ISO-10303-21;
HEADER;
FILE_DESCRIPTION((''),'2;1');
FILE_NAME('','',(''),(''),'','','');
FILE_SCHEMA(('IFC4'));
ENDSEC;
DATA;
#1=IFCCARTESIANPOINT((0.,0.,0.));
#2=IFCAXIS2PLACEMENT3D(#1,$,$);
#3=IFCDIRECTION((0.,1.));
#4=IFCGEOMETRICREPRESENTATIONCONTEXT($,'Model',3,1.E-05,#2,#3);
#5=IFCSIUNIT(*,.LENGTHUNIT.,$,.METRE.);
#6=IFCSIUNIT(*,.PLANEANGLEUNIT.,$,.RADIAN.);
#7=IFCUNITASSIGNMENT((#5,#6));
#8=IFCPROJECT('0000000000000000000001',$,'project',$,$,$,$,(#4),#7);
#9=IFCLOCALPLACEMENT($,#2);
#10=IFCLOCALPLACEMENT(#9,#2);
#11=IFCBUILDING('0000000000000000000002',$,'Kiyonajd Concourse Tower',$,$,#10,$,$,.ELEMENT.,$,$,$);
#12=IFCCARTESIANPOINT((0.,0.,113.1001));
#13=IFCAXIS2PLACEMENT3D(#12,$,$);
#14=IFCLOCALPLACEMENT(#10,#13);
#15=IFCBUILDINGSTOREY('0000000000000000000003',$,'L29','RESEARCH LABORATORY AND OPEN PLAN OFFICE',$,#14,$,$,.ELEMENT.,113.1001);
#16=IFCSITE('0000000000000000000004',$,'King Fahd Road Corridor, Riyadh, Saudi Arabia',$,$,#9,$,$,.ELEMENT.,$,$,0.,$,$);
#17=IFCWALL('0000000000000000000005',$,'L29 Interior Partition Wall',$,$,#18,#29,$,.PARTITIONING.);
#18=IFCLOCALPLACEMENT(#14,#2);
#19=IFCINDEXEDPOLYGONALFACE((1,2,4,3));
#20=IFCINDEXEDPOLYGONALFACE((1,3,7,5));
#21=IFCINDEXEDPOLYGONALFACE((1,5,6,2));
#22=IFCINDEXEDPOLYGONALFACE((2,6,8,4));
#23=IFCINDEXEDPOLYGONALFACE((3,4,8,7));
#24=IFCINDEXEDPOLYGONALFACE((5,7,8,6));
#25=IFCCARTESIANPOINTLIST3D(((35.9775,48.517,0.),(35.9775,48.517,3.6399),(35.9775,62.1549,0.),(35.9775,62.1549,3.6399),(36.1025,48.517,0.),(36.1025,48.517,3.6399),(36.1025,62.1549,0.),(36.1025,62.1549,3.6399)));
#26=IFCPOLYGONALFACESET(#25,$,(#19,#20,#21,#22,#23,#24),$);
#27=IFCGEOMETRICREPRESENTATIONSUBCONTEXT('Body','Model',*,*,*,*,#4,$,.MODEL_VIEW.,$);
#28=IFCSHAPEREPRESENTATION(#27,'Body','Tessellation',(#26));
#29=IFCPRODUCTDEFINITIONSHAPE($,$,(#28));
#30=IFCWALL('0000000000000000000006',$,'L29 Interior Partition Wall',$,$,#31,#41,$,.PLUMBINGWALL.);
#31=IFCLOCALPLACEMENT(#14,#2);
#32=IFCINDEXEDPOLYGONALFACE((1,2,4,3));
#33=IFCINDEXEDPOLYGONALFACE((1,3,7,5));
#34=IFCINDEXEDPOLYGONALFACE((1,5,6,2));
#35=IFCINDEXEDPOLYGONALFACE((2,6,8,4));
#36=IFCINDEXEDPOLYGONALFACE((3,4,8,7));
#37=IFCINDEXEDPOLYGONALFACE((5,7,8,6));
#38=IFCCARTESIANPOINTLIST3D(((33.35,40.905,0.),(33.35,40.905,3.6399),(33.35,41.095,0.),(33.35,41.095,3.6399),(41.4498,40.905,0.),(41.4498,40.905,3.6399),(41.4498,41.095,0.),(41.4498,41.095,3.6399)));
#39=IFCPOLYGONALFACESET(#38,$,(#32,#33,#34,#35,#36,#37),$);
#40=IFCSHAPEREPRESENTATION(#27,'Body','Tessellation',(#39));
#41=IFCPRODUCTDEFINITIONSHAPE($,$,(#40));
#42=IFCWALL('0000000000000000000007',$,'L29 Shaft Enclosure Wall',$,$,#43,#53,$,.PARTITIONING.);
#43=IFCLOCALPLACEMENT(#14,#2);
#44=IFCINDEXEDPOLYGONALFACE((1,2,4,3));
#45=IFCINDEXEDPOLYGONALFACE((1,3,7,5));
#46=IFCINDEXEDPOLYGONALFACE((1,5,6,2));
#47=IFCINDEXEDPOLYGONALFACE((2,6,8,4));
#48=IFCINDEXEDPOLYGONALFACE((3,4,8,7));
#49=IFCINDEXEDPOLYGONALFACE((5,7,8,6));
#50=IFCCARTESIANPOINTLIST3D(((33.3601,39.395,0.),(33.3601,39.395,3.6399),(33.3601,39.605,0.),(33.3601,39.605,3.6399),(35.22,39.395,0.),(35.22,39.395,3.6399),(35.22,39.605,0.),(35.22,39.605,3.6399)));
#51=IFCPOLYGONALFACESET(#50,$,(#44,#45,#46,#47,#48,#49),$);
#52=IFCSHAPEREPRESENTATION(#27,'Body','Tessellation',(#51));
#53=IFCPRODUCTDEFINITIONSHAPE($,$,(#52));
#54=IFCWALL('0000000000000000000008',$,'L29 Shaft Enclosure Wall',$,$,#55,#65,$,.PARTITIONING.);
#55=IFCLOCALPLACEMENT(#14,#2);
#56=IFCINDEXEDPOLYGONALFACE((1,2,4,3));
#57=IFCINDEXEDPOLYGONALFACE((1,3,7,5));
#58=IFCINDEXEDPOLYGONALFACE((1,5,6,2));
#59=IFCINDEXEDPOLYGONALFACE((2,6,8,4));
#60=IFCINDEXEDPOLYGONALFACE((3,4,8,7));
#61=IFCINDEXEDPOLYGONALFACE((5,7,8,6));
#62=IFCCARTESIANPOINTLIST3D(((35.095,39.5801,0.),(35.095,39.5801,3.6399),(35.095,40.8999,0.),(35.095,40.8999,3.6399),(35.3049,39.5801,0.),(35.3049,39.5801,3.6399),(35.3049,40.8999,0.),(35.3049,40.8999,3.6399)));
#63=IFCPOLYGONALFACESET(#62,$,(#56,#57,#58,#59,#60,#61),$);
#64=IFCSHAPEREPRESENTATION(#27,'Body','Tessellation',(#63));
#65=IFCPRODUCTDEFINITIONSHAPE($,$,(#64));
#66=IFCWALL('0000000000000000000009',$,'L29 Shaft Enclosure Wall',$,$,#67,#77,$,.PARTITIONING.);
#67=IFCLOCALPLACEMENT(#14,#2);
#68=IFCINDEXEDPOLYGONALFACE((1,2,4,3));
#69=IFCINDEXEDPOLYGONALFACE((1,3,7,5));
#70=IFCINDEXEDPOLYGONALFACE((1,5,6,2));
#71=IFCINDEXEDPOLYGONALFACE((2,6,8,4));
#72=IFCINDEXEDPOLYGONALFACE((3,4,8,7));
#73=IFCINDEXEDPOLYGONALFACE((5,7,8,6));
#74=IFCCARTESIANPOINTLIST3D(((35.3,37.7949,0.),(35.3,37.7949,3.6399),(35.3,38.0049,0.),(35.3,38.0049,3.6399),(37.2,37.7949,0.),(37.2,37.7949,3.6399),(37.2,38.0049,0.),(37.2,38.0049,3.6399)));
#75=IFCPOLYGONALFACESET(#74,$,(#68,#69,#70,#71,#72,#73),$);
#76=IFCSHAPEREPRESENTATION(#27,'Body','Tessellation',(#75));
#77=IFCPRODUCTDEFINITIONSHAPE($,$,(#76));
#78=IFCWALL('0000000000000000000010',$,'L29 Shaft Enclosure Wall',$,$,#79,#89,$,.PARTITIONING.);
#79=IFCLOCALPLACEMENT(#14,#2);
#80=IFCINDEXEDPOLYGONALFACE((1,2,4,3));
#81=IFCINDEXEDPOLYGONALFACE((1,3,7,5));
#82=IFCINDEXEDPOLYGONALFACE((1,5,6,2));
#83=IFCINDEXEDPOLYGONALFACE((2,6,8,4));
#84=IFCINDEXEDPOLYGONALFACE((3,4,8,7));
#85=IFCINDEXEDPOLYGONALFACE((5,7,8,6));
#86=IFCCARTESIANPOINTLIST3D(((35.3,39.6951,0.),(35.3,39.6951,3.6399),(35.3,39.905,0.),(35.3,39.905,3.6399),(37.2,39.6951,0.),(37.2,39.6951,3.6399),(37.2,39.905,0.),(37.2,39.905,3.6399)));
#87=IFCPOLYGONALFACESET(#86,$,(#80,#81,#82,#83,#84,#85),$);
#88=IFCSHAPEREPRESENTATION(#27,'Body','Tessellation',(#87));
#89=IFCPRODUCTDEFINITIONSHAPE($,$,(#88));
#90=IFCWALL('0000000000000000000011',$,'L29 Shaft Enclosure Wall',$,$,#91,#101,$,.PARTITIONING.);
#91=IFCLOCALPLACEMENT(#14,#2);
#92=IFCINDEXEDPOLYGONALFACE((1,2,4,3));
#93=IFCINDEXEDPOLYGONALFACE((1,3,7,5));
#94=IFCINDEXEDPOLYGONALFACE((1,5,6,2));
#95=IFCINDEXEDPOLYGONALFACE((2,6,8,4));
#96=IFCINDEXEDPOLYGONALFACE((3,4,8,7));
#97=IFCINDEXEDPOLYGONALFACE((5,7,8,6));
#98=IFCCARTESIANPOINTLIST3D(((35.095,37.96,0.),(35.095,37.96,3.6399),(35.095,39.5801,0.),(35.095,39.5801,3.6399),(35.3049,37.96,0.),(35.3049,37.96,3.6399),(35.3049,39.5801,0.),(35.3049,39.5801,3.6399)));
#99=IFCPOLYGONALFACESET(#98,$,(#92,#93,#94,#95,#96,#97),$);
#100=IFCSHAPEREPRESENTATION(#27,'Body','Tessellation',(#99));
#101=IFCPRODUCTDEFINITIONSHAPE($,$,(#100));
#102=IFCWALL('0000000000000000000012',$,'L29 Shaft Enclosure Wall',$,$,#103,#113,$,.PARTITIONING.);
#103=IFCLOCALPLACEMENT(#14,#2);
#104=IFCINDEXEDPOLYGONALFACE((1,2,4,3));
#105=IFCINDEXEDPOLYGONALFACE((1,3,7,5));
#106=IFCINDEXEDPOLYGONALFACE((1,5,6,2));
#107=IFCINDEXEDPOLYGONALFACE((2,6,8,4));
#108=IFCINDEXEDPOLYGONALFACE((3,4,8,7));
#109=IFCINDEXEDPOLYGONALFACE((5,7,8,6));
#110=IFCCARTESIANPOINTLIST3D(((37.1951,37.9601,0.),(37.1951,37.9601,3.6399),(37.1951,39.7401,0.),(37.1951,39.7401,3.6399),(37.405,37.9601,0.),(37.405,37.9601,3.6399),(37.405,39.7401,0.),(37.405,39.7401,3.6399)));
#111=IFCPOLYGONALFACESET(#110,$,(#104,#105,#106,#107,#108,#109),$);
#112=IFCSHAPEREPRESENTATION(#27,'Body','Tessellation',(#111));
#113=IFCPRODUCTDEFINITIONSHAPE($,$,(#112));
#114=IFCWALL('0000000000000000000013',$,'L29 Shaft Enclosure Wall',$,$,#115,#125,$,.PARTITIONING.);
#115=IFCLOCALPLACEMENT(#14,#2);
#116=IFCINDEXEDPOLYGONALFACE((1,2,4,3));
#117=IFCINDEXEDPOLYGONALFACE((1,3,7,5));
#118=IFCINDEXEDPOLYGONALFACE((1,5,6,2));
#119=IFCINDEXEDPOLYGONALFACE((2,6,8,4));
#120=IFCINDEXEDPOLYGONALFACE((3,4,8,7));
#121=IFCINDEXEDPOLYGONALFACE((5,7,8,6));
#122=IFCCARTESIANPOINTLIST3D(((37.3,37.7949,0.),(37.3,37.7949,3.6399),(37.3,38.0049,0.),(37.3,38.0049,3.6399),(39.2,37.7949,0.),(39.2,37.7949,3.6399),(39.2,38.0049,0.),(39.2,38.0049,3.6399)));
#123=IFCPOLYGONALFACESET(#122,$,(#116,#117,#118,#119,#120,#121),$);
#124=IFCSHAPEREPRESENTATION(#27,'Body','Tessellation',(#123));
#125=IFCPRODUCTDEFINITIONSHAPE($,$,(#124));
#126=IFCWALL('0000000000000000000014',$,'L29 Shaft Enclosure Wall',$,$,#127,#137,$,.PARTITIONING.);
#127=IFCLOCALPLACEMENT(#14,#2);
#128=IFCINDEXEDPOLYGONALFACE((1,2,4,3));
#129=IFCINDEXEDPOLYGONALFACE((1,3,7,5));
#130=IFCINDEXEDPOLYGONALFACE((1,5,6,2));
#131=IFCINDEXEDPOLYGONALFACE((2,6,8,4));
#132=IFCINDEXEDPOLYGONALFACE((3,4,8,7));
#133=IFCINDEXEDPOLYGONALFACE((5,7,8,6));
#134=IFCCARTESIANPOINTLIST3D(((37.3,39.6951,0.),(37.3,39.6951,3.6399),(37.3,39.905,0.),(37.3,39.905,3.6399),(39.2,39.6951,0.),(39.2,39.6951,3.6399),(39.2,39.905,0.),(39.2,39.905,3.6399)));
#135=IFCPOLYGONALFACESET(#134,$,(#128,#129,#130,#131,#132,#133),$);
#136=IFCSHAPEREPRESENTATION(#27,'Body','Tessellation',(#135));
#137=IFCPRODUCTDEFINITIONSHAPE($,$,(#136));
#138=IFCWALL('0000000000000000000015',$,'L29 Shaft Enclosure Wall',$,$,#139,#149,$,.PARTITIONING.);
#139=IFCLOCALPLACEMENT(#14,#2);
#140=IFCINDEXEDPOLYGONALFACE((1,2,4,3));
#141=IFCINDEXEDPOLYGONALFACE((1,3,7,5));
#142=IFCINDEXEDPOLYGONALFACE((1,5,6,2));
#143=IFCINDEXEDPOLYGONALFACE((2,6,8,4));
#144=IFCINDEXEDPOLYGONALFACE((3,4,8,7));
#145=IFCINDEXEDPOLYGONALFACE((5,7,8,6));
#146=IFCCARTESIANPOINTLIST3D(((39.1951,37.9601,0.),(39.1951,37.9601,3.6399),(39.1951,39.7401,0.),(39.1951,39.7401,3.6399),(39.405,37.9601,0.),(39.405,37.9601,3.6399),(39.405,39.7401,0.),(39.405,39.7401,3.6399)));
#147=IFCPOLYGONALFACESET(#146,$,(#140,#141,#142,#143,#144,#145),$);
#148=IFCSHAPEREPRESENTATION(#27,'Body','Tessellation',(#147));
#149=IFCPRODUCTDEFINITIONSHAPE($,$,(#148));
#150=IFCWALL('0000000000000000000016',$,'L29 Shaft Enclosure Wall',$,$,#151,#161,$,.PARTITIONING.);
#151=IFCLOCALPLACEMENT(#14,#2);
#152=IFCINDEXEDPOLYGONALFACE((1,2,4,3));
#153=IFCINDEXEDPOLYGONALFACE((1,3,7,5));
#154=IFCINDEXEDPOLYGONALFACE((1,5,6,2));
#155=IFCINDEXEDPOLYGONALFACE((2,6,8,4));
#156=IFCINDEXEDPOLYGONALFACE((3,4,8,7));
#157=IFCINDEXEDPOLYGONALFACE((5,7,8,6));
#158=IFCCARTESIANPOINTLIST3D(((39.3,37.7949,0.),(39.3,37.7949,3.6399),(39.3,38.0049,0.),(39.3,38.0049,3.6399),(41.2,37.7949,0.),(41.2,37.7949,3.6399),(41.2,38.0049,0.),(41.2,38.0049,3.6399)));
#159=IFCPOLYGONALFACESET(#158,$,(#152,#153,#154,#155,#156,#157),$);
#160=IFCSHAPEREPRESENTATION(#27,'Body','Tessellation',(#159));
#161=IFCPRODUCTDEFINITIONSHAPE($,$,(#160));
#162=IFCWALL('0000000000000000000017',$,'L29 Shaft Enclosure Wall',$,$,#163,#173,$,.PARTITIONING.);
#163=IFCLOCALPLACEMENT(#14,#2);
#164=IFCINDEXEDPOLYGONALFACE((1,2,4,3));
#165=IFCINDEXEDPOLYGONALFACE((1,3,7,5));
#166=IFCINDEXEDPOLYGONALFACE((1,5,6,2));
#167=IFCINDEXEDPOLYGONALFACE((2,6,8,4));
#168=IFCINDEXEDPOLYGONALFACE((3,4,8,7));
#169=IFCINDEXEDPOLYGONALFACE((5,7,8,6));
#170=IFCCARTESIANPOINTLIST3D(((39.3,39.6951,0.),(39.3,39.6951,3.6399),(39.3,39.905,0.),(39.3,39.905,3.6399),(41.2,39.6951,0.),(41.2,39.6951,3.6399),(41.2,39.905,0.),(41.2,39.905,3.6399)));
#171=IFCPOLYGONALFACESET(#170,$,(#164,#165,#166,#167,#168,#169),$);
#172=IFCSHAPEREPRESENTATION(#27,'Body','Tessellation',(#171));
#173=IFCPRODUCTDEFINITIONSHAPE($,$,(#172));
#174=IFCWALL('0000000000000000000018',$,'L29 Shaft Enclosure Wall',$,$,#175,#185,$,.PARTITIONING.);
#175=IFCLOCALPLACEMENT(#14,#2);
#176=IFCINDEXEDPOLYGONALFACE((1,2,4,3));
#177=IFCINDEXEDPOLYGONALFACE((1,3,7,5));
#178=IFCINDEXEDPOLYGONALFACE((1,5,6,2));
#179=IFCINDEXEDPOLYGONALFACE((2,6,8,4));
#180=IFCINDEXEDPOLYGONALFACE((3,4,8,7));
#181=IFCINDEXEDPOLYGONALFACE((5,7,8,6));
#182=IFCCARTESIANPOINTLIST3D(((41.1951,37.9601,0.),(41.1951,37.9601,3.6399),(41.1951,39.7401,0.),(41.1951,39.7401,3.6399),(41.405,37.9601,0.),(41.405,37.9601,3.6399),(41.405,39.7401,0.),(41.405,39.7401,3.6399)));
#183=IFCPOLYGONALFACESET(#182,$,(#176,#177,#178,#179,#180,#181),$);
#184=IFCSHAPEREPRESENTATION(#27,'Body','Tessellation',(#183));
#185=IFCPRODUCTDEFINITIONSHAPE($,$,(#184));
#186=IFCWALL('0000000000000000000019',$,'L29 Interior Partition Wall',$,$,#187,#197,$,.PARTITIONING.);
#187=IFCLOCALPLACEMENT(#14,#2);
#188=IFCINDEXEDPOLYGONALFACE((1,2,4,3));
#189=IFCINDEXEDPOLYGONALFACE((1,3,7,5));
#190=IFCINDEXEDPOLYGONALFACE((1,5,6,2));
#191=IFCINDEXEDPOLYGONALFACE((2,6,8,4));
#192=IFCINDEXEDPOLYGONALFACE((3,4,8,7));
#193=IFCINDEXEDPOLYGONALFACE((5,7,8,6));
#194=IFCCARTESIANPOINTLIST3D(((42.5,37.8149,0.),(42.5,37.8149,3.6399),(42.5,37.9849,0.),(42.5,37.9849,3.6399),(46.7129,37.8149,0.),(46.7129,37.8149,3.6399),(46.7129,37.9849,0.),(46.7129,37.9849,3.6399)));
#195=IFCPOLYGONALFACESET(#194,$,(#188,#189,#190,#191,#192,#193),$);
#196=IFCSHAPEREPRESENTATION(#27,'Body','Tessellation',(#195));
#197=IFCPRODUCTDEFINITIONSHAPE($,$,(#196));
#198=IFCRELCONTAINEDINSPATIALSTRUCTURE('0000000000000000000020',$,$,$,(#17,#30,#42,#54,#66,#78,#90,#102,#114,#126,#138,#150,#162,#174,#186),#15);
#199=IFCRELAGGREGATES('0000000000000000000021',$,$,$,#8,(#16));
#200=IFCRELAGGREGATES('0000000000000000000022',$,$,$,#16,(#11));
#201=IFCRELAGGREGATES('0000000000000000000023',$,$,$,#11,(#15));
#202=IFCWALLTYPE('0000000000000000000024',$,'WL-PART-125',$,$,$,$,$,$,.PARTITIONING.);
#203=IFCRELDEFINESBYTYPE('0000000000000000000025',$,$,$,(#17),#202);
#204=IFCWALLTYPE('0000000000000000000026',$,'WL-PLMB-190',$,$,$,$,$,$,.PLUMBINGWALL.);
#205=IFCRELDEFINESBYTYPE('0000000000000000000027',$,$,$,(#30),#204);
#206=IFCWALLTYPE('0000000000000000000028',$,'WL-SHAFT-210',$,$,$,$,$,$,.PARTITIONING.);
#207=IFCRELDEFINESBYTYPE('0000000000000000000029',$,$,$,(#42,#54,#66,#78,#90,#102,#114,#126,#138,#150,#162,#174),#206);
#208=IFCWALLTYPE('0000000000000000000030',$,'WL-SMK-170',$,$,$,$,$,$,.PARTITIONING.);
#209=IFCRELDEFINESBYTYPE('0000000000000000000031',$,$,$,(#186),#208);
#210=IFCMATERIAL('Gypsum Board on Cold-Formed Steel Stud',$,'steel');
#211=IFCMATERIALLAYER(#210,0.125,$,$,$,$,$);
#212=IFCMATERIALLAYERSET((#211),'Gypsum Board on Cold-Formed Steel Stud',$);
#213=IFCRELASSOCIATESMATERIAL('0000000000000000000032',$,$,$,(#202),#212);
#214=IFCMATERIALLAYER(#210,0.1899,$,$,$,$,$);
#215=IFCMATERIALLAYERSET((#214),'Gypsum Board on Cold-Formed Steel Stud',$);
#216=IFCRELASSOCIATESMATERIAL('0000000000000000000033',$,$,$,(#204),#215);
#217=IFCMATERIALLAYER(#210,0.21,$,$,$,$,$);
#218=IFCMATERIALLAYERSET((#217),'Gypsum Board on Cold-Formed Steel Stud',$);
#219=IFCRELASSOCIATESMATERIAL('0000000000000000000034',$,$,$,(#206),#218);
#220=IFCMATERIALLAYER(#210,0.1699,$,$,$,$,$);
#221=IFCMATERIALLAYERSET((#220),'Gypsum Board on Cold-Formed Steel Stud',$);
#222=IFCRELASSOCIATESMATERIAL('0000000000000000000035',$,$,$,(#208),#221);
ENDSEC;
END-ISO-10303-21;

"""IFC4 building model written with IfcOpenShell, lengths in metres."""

from ifc_helpers import new_model, si_unit, direction, frame, frame_2d, origin, place, context, subcontext, project, spatial, rectangle, extrude, material, layer, layer_set, type_object, element, save


model = new_model("IFC4")

# Units and contexts
model_context = context("Model", 3, precision=1e-05, world=origin(), true_north=direction((0.0, 1.0)))
body_context = subcontext(model_context, "Body", "Model", "MODEL_VIEW")
ifc_project = project(units=[si_unit("LENGTHUNIT", "METRE"), si_unit("PLANEANGLEUNIT", "RADIAN")], contexts=[model_context])

# Site, building, storey
site_placement = place(None, origin())
site = spatial("IfcSite", under=ifc_project, at=site_placement, Name="King Fahd Road Corridor, Riyadh, Saudi Arabia", CompositionType="ELEMENT", RefElevation=0.0)
building_placement = place(site_placement, origin())
building = spatial("IfcBuilding", under=site, at=building_placement, Name="Kiyonajd Concourse Tower", CompositionType="ELEMENT")
storey_placement = place(building_placement, frame((0.0, 0.0, 113.1001)))
storey = spatial("IfcBuildingStorey", under=building, at=storey_placement, Name="L29", Description="RESEARCH LABORATORY AND OPEN PLAN OFFICE", CompositionType="ELEMENT", Elevation=113.1001)

# Walls
ifc_material_1 = material(Name="Gypsum Board on Cold-Formed Steel Stud", Category="steel")
ifc_layer_1 = layer(ifc_material_1, 0.125)
ifc_layer_set_1 = layer_set([ifc_layer_1], Name="Gypsum Board on Cold-Formed Steel Stud")
wall_type_1 = type_object("IfcWallType", Name="WL-PART-125", PredefinedType="PARTITIONING", material=ifc_layer_set_1)
wall_1_placement = place(storey_placement, frame((36.04, 48.5171, 0.0), z_axis=(0.0, 0.0, 1.0), x_axis=(0.0, 1.0, 0.0)))
element("IfcWall", 1, at=wall_1_placement, inside=storey, type_object=wall_type_1, Name="L29 Interior Partition Wall", PredefinedType="PARTITIONING", context=body_context, shape_type="SweptSolid", body=[
    extrude(rectangle(XDim=13.6379, YDim=0.125, at=frame_2d((6.8188, 0.0))), origin(), (0.0, 0.0, 1.0), 3.6399),
])
ifc_layer_2 = layer(ifc_material_1, 0.1899)
ifc_layer_set_2 = layer_set([ifc_layer_2], Name="Gypsum Board on Cold-Formed Steel Stud")
wall_type_2 = type_object("IfcWallType", Name="WL-PLMB-190", PredefinedType="PLUMBINGWALL", material=ifc_layer_set_2)
wall_2_placement = place(storey_placement, frame((33.3501, 41.0, 0.0), z_axis=(0.0, 0.0, 1.0), x_axis=(1.0, 0.0, 0.0)))
element("IfcWall", 2, at=wall_2_placement, inside=storey, type_object=wall_type_2, Name="L29 Interior Partition Wall", PredefinedType="PLUMBINGWALL", context=body_context, shape_type="SweptSolid", body=[
    extrude(rectangle(XDim=8.0999, YDim=0.1899, at=frame_2d((4.0498, 0.0))), origin(), (0.0, 0.0, 1.0), 3.6399),
])
ifc_layer_3 = layer(ifc_material_1, 0.21)
ifc_layer_set_3 = layer_set([ifc_layer_3], Name="Gypsum Board on Cold-Formed Steel Stud")
wall_type_3 = type_object("IfcWallType", Name="WL-SHAFT-210", PredefinedType="PARTITIONING", material=ifc_layer_set_3)
wall_3_placement = place(storey_placement, frame((33.3601, 39.5, 0.0), z_axis=(0.0, 0.0, 1.0), x_axis=(1.0, 0.0, 0.0)))
element("IfcWall", 3, at=wall_3_placement, inside=storey, type_object=wall_type_3, Name="L29 Shaft Enclosure Wall", PredefinedType="PARTITIONING", context=body_context, shape_type="SweptSolid", body=[
    extrude(rectangle(XDim=1.8599, YDim=0.21, at=frame_2d((0.9299, 0.0))), origin(), (0.0, 0.0, 1.0), 3.6399),
])
wall_4_placement = place(storey_placement, frame((35.2, 39.5801, 0.0), z_axis=(0.0, 0.0, 1.0), x_axis=(0.0, 1.0, 0.0)))
element("IfcWall", 4, at=wall_4_placement, inside=storey, type_object=wall_type_3, Name="L29 Shaft Enclosure Wall", PredefinedType="PARTITIONING", context=body_context, shape_type="SweptSolid", body=[
    extrude(rectangle(XDim=1.3198, YDim=0.21, at=frame_2d((0.6599, 0.0))), origin(), (0.0, 0.0, 1.0), 3.6399),
])
for number, where, z_axis, x_axis, name in (
    (5, (35.3, 37.8999, 0.0), (0.0, 0.0, 1.0), (1.0, 0.0, 0.0), "L29 Shaft Enclosure Wall"),
    (6, (35.3, 39.8, 0.0), (0.0, 0.0, 1.0), (1.0, 0.0, 0.0), "L29 Shaft Enclosure Wall"),
):
    element("IfcWall", number, at=place(storey_placement, frame(where, z_axis=z_axis, x_axis=x_axis)), inside=storey, type_object=wall_type_3, Name=name, PredefinedType="PARTITIONING", context=body_context, shape_type="SweptSolid", body=[
        extrude(rectangle(XDim=1.8999, YDim=0.21, at=frame_2d((0.95, 0.0))), origin(), (0.0, 0.0, 1.0), 3.6399),
    ])
wall_5_placement = place(storey_placement, frame((35.2, 37.96, 0.0), z_axis=(0.0, 0.0, 1.0), x_axis=(0.0, 1.0, 0.0)))
element("IfcWall", 7, at=wall_5_placement, inside=storey, type_object=wall_type_3, Name="L29 Shaft Enclosure Wall", PredefinedType="PARTITIONING", context=body_context, shape_type="SweptSolid", body=[
    extrude(rectangle(XDim=1.6201, YDim=0.21, at=frame_2d((0.8101, 0.0))), origin(), (0.0, 0.0, 1.0), 3.6399),
])
wall_6_placement = place(storey_placement, frame((37.3, 37.96, 0.0), z_axis=(0.0, 0.0, 1.0), x_axis=(0.0, 1.0, 0.0)))
element("IfcWall", 8, at=wall_6_placement, inside=storey, type_object=wall_type_3, Name="L29 Shaft Enclosure Wall", PredefinedType="PARTITIONING", context=body_context, shape_type="SweptSolid", body=[
    extrude(rectangle(XDim=1.78, YDim=0.21, at=frame_2d((0.8901, 0.0))), origin(), (0.0, 0.0, 1.0), 3.6399),
])
for number, where, z_axis, x_axis, name in (
    (9, (37.3, 37.8999, 0.0), (0.0, 0.0, 1.0), (1.0, 0.0, 0.0), "L29 Shaft Enclosure Wall"),
    (10, (37.3, 39.8, 0.0), (0.0, 0.0, 1.0), (1.0, 0.0, 0.0), "L29 Shaft Enclosure Wall"),
):
    element("IfcWall", number, at=place(storey_placement, frame(where, z_axis=z_axis, x_axis=x_axis)), inside=storey, type_object=wall_type_3, Name=name, PredefinedType="PARTITIONING", context=body_context, shape_type="SweptSolid", body=[
        extrude(rectangle(XDim=1.8999, YDim=0.21, at=frame_2d((0.95, 0.0))), origin(), (0.0, 0.0, 1.0), 3.6399),
    ])
wall_7_placement = place(storey_placement, frame((39.3, 37.96, 0.0), z_axis=(0.0, 0.0, 1.0), x_axis=(0.0, 1.0, 0.0)))
element("IfcWall", 11, at=wall_7_placement, inside=storey, type_object=wall_type_3, Name="L29 Shaft Enclosure Wall", PredefinedType="PARTITIONING", context=body_context, shape_type="SweptSolid", body=[
    extrude(rectangle(XDim=1.78, YDim=0.21, at=frame_2d((0.8901, 0.0))), origin(), (0.0, 0.0, 1.0), 3.6399),
])
for number, where, z_axis, x_axis, name in (
    (12, (39.3, 37.8999, 0.0), (0.0, 0.0, 1.0), (1.0, 0.0, 0.0), "L29 Shaft Enclosure Wall"),
    (13, (39.3, 39.8, 0.0), (0.0, 0.0, 1.0), (1.0, 0.0, 0.0), "L29 Shaft Enclosure Wall"),
):
    element("IfcWall", number, at=place(storey_placement, frame(where, z_axis=z_axis, x_axis=x_axis)), inside=storey, type_object=wall_type_3, Name=name, PredefinedType="PARTITIONING", context=body_context, shape_type="SweptSolid", body=[
        extrude(rectangle(XDim=1.8999, YDim=0.21, at=frame_2d((0.95, 0.0))), origin(), (0.0, 0.0, 1.0), 3.6399),
    ])
wall_8_placement = place(storey_placement, frame((41.3, 37.96, 0.0), z_axis=(0.0, 0.0, 1.0), x_axis=(0.0, 1.0, 0.0)))
element("IfcWall", 14, at=wall_8_placement, inside=storey, type_object=wall_type_3, Name="L29 Shaft Enclosure Wall", PredefinedType="PARTITIONING", context=body_context, shape_type="SweptSolid", body=[
    extrude(rectangle(XDim=1.78, YDim=0.21, at=frame_2d((0.8901, 0.0))), origin(), (0.0, 0.0, 1.0), 3.6399),
])
ifc_layer_4 = layer(ifc_material_1, 0.1699)
ifc_layer_set_4 = layer_set([ifc_layer_4], Name="Gypsum Board on Cold-Formed Steel Stud")
wall_type_4 = type_object("IfcWallType", Name="WL-SMK-170", PredefinedType="PARTITIONING", material=ifc_layer_set_4)
wall_9_placement = place(storey_placement, frame((42.5, 37.8999, 0.0), z_axis=(0.0, 0.0, 1.0), x_axis=(1.0, 0.0, 0.0)))
element("IfcWall", 15, at=wall_9_placement, inside=storey, type_object=wall_type_4, Name="L29 Interior Partition Wall", PredefinedType="PARTITIONING", context=body_context, shape_type="SweptSolid", body=[
    extrude(rectangle(XDim=4.2129, YDim=0.1699, at=frame_2d((2.1064, 0.0))), origin(), (0.0, 0.0, 1.0), 3.6399),
])

save(model, "model.ifc")
